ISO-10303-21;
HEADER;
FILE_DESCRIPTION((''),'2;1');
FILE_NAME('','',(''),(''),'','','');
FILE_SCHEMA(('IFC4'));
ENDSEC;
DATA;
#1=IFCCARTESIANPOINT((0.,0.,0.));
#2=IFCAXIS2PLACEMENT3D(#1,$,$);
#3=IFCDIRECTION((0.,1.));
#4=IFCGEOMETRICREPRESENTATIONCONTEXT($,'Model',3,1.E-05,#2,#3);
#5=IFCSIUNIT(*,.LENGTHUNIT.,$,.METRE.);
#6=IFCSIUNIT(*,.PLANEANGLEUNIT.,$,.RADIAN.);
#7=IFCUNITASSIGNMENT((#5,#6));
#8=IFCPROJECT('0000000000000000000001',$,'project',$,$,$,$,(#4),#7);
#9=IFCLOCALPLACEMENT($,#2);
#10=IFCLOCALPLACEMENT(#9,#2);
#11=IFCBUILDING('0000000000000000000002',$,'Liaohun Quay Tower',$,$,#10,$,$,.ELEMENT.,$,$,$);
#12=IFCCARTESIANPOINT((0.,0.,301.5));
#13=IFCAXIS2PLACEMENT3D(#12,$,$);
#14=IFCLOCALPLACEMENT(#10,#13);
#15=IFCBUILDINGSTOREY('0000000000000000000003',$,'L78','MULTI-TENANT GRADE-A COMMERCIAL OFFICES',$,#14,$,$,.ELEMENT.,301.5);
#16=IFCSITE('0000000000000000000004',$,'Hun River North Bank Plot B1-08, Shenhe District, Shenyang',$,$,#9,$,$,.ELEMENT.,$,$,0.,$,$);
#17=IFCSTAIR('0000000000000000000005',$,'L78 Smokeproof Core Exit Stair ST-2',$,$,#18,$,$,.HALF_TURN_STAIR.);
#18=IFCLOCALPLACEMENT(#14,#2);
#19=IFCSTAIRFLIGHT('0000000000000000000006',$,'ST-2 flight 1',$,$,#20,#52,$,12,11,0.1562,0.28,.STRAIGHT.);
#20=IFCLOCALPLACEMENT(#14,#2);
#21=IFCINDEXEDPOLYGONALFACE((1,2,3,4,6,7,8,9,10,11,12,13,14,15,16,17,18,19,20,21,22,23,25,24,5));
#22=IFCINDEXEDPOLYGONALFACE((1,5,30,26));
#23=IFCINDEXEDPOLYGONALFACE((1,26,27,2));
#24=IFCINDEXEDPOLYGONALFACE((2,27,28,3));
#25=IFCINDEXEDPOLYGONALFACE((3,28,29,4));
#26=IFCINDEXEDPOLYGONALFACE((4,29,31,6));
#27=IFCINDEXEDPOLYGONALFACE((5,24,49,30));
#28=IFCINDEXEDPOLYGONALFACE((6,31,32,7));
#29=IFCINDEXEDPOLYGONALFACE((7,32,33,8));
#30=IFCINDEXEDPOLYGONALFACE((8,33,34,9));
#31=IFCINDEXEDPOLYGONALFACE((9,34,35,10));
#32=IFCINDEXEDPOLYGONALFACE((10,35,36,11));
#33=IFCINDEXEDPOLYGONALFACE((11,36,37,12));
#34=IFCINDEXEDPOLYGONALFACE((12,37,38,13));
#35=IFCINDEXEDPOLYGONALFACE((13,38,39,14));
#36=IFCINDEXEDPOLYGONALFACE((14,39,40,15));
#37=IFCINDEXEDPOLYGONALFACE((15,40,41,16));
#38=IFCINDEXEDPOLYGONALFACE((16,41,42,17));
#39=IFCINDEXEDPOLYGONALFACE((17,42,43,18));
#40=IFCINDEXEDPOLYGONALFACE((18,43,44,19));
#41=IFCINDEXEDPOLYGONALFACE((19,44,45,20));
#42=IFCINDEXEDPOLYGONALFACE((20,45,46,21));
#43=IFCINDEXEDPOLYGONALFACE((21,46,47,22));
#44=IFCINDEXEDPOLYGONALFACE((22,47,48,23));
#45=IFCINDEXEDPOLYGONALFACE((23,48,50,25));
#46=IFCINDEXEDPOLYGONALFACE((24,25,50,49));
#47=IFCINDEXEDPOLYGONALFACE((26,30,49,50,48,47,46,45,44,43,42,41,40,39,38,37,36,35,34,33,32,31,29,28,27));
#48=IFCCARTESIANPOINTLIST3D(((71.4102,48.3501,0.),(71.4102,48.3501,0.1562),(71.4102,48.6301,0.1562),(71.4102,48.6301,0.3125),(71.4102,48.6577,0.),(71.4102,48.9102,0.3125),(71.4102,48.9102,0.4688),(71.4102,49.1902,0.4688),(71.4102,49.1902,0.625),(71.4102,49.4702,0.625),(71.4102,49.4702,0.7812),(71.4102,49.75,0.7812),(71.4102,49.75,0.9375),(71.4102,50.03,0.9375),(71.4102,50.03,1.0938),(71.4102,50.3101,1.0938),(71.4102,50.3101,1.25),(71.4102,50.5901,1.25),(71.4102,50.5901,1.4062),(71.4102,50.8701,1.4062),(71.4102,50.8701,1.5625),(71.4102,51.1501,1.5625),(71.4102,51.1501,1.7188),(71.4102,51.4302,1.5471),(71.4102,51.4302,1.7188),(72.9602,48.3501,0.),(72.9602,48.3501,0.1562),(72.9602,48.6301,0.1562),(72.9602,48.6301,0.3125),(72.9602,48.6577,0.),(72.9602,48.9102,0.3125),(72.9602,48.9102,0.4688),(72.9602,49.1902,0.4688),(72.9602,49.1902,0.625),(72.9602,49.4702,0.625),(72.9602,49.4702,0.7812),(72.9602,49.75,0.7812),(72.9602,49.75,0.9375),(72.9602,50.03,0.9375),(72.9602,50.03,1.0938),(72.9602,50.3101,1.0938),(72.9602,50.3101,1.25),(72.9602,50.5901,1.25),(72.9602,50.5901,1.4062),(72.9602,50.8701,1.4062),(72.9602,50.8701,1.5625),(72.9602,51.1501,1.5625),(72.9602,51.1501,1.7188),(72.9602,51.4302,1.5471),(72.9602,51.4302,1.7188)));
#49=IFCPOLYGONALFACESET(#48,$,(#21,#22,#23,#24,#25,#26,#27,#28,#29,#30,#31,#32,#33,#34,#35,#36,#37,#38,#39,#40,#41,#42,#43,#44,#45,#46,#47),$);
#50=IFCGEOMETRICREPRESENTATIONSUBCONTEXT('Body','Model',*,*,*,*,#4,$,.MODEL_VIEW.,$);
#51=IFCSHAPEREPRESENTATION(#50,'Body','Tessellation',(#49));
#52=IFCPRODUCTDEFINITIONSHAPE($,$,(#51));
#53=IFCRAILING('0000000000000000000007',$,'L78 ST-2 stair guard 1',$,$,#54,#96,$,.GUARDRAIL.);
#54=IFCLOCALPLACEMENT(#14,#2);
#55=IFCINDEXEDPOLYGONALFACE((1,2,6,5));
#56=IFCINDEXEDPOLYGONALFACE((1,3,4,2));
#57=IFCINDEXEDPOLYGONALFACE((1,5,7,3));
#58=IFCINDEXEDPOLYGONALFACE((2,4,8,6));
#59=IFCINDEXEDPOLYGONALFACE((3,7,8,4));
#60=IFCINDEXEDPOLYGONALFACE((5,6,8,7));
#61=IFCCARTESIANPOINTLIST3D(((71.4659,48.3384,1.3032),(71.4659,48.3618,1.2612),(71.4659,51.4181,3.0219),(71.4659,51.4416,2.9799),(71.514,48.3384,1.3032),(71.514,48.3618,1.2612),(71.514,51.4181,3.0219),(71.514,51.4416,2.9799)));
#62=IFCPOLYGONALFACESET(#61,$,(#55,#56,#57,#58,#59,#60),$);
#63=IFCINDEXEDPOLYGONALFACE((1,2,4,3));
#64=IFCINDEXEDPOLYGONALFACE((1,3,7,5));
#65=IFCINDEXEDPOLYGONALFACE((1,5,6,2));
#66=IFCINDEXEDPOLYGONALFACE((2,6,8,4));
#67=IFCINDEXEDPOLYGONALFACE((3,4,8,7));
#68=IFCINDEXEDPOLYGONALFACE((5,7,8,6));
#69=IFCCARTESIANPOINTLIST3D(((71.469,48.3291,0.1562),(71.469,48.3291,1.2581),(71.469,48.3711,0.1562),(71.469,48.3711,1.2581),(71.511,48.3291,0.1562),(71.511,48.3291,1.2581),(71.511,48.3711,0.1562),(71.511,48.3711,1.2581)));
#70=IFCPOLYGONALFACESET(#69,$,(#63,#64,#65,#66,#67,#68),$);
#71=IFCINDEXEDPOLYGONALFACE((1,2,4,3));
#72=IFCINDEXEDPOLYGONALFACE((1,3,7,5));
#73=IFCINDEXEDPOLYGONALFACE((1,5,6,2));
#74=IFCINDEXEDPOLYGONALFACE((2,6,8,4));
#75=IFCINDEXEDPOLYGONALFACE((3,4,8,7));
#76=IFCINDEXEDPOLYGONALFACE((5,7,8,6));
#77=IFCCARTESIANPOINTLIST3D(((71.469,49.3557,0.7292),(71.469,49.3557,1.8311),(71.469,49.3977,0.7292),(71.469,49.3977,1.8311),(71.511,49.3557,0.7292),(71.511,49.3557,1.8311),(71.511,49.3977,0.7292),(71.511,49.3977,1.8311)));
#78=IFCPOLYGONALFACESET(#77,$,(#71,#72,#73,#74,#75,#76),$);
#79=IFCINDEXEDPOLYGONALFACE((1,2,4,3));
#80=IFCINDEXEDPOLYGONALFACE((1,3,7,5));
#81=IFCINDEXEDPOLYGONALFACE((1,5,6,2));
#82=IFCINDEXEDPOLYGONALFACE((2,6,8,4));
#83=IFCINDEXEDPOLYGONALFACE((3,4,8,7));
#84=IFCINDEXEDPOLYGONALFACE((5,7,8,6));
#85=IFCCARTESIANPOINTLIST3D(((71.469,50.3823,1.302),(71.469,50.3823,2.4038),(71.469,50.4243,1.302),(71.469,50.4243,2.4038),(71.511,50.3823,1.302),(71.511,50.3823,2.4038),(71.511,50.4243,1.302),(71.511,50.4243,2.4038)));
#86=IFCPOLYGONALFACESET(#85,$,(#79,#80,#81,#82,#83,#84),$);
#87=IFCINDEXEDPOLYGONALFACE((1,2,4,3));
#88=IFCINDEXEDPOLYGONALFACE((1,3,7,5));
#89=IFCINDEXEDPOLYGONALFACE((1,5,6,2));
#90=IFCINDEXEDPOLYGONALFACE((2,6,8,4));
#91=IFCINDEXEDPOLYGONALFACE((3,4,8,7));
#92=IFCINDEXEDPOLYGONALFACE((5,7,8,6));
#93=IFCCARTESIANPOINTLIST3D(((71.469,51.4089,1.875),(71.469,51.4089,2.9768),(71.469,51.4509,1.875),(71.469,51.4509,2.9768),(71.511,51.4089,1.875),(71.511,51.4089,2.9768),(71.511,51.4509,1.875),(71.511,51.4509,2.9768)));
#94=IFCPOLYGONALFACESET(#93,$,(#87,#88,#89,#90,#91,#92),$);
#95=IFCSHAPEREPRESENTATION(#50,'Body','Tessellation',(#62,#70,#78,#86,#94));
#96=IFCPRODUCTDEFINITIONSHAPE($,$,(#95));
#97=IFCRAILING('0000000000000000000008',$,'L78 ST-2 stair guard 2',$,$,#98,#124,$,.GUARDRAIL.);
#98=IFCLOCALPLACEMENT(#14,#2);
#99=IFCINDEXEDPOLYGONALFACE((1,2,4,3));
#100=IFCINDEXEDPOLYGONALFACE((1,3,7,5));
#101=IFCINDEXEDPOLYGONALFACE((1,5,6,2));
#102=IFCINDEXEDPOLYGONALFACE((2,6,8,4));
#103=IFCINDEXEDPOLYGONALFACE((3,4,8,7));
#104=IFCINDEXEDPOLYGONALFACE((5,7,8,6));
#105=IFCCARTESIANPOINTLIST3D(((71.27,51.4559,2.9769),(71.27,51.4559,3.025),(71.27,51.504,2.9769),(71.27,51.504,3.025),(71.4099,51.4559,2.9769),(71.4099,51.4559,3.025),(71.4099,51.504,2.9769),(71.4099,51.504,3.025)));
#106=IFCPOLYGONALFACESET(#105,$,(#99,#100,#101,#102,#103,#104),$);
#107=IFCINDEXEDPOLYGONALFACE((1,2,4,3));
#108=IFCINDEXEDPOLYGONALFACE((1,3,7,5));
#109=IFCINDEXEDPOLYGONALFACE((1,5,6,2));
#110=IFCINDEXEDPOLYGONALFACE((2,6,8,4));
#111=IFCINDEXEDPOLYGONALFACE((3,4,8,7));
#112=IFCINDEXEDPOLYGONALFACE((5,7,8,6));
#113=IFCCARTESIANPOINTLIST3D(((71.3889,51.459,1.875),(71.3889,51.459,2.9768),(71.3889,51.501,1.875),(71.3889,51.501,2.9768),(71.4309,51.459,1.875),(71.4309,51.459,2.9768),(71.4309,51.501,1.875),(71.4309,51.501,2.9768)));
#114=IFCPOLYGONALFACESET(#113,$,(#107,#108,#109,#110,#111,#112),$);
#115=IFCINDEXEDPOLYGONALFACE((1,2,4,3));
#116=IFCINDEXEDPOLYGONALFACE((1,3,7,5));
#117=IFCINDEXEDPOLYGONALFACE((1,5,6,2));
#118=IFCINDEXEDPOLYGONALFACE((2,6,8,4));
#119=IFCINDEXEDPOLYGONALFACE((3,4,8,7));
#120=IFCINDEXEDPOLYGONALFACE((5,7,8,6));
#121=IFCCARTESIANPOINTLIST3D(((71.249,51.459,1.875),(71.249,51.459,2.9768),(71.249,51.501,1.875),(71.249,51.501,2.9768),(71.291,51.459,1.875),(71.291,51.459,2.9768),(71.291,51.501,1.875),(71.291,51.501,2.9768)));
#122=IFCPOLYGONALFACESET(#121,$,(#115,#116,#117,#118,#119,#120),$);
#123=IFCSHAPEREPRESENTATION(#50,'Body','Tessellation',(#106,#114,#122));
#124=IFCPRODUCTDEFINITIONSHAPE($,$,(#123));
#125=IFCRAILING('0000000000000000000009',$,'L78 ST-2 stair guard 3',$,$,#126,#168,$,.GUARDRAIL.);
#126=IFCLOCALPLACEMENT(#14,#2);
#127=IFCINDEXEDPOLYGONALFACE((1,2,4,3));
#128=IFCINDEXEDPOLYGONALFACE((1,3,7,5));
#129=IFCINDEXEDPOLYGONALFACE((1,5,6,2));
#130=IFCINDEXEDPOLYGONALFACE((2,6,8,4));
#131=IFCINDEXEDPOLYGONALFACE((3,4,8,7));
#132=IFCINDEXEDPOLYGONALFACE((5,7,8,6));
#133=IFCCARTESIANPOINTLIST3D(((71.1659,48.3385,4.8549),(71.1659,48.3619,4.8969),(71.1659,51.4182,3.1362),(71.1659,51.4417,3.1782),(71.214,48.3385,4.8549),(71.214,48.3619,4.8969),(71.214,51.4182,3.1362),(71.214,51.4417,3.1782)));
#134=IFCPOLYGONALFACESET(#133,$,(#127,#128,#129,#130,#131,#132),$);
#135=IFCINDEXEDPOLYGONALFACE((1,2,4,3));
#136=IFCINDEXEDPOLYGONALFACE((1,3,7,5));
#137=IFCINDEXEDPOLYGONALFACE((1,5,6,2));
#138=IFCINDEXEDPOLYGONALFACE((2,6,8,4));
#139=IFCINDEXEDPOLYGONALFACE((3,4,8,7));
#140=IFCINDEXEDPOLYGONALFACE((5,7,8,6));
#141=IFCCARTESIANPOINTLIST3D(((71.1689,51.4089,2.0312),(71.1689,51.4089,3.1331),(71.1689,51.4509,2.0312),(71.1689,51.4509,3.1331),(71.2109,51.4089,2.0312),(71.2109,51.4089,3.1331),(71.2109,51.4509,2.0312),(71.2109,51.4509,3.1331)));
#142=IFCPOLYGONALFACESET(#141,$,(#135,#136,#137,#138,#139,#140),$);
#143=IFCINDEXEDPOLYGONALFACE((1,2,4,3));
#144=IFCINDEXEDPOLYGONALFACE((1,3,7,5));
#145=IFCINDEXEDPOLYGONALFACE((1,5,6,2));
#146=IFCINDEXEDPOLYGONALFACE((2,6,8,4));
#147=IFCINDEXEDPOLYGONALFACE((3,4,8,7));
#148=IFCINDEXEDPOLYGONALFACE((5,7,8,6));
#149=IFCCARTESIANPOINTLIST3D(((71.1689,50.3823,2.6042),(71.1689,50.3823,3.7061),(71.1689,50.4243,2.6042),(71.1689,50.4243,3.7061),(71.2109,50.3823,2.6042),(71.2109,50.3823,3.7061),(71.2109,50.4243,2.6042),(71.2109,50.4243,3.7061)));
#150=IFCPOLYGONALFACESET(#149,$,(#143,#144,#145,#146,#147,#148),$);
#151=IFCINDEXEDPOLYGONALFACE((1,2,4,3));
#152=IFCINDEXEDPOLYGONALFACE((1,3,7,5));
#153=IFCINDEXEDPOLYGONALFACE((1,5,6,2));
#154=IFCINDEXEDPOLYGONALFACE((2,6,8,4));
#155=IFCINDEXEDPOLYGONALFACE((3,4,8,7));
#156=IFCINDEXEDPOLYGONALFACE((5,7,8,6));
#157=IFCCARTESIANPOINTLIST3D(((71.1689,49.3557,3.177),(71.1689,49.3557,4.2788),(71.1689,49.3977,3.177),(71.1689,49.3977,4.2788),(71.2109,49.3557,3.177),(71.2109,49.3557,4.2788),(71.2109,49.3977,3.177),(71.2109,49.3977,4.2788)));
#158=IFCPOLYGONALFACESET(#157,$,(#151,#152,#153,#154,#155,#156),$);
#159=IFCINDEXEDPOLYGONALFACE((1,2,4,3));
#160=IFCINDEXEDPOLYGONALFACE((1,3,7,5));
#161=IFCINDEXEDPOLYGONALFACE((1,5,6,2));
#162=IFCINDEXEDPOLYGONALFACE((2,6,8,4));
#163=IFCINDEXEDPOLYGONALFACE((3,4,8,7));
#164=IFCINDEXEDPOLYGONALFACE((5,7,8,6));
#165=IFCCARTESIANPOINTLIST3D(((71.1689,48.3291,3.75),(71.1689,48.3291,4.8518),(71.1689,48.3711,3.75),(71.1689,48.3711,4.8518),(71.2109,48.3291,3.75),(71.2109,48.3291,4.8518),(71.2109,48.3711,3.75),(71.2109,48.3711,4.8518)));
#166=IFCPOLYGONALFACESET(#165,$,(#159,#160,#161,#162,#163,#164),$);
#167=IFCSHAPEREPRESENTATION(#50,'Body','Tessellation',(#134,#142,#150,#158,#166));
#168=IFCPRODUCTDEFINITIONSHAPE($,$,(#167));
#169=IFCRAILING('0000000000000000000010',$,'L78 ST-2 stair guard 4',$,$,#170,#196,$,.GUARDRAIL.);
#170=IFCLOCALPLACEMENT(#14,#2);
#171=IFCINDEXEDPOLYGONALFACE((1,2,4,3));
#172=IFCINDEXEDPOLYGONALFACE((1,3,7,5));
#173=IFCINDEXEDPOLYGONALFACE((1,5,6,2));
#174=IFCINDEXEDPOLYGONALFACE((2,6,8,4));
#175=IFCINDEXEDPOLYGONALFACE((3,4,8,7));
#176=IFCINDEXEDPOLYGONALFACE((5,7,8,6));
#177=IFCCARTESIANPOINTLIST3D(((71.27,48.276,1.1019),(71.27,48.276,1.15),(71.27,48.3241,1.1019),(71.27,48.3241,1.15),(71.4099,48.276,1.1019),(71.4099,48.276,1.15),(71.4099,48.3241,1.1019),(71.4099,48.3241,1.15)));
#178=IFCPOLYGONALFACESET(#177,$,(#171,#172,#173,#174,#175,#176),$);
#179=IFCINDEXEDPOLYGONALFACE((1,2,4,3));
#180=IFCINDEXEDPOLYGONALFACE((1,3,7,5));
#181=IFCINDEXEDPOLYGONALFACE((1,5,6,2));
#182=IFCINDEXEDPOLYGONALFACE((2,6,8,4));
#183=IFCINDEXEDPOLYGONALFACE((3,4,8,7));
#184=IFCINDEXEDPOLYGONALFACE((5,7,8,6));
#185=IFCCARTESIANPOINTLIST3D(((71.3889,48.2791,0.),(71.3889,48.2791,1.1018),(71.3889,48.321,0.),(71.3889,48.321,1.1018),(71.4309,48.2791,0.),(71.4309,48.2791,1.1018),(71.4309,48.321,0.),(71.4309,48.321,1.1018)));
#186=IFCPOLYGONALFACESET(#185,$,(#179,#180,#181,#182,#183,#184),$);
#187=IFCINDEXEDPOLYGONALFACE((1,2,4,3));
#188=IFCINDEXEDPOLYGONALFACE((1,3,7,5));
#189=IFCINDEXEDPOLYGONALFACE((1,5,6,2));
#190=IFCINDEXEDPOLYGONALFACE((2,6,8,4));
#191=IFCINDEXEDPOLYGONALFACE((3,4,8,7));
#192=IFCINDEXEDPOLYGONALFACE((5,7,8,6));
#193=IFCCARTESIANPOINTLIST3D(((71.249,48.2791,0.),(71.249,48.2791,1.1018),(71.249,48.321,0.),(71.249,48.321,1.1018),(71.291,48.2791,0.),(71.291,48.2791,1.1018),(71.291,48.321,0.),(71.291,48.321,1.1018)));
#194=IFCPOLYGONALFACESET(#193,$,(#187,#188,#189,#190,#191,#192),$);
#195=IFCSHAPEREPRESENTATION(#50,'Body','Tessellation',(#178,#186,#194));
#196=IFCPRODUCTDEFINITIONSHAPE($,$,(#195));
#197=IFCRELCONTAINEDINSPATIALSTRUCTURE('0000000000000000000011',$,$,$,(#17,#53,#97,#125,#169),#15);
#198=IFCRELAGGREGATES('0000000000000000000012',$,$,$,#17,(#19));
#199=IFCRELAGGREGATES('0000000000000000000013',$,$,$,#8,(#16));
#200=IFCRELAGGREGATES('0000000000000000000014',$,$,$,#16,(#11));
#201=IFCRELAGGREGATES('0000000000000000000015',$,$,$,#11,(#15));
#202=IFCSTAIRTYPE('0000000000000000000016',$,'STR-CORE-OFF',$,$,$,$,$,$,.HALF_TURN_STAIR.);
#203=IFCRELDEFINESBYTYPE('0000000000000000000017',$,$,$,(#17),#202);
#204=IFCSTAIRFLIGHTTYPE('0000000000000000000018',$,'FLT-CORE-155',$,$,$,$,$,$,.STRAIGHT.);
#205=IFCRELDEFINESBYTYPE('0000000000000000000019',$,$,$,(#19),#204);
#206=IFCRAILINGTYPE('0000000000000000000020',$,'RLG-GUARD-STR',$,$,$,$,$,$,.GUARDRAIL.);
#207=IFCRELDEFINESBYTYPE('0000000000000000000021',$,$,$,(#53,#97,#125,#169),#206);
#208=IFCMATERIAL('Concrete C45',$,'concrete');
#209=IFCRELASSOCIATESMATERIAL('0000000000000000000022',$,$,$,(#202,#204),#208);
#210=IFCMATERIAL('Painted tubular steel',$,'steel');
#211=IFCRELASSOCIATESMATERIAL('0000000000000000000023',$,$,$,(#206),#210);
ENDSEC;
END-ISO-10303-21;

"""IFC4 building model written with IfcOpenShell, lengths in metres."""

from ifc_helpers import new_model, si_unit, direction, frame, origin, origin_2d, place, context, subcontext, project, spatial, polyline, rectangle, outline, extrude, material, type_object, element, aggregate, save


model = new_model("IFC4")

# Units and contexts
model_context = context("Model", 3, precision=1e-05, world=origin(), true_north=direction((0.0, 1.0)))
body_context = subcontext(model_context, "Body", "Model", "MODEL_VIEW")
ifc_project = project(units=[si_unit("LENGTHUNIT", "METRE"), si_unit("PLANEANGLEUNIT", "RADIAN")], contexts=[model_context])

# Site, building, storey
site_placement = place(None, origin())
site = spatial("IfcSite", under=ifc_project, at=site_placement, Name="Hun River North Bank Plot B1-08, Shenhe District, Shenyang", CompositionType="ELEMENT", RefElevation=0.0)
building_placement = place(site_placement, origin())
building = spatial("IfcBuilding", under=site, at=building_placement, Name="Liaohun Quay Tower", CompositionType="ELEMENT")
storey_placement = place(building_placement, frame((0.0, 0.0, 301.5)))
storey = spatial("IfcBuildingStorey", under=building, at=storey_placement, Name="L78", Description="MULTI-TENANT GRADE-A COMMERCIAL OFFICES", CompositionType="ELEMENT", Elevation=301.5)

# Stair, stair flight
ifc_material_1 = material(Name="Concrete C45", Category="concrete")
stair_type = type_object("IfcStairType", Name="STR-CORE-OFF", PredefinedType="HALF_TURN_STAIR", material=ifc_material_1)
stair_placement = place(storey_placement, origin())
stair = element("IfcStair", 1, at=stair_placement, inside=storey, type_object=stair_type, Name="L78 Smokeproof Core Exit Stair ST-2", PredefinedType="HALF_TURN_STAIR")
stair_flight_type = type_object("IfcStairFlightType", Name="FLT-CORE-155", PredefinedType="STRAIGHT", material=ifc_material_1)
stair_flight_placement = place(storey_placement, frame((72.1851, 48.3501, 0.0), z_axis=(0.0, 0.0, 1.0), x_axis=(0.0, 1.0, 0.0)))
stair_flight = element("IfcStairFlight", 2, at=stair_flight_placement, type_object=stair_flight_type, Name="ST-2 flight 1", NumberOfRisers=12, NumberOfTreads=11, PredefinedType="STRAIGHT", RiserHeight=0.1562, TreadLength=0.28, context=body_context, shape_type="SweptSolid", body=[
    extrude(outline(polyline([(0.0, 0.0), (0.0, 0.1562), (0.28, 0.1562), (0.28, 0.3125), (0.5601, 0.3125), (0.5601, 0.4688), (0.8401, 0.4688), (0.8401, 0.625), (1.1201, 0.625), (1.1201, 0.7812), (1.3999, 0.7812), (1.3999, 0.9375), (1.6799, 0.9375), (1.6799, 1.0938), (1.96, 1.0938), (1.96, 1.25), (2.24, 1.25), (2.24, 1.4062), (2.52, 1.4062), (2.52, 1.5625), (2.8, 1.5625), (2.8, 1.7188), (3.0801, 1.7188), (3.0801, 1.875), (3.0801, 1.5471), (0.3076, 0.0), (0.0, 0.0)])), frame((0.0, 0.7749, 0.0), z_axis=(0.0, -1.0, 0.0), x_axis=(1.0, 0.0, 0.0)), (0.0, 0.0, 1.0), 1.55),
])
aggregate(stair, [stair_flight])

# Railings
ifc_material_2 = material(Name="Painted tubular steel", Category="steel")
railing_type_1 = type_object("IfcRailingType", Name="RLG-GUARD-STR", PredefinedType="GUARDRAIL", material=ifc_material_2)
railing_1_placement = place(storey_placement, frame((71.49, 48.3501, 0.1562)))
element("IfcRailing", 3, at=railing_1_placement, inside=storey, type_object=railing_type_1, Name="L78 ST-2 stair guard 1", PredefinedType="GUARDRAIL", context=body_context, shape_type="SweptSolid", body=[
    extrude(rectangle(XDim=0.0481, YDim=0.0481, at=origin_2d()), frame((0.0, 0.0, 1.126), z_axis=(0.0, 0.873225, 0.487317), x_axis=(-1.0, 0.0, 0.0)), (0.0, 0.0, 1.0), 3.5269),
    extrude(rectangle(XDim=0.042, YDim=0.042, at=origin_2d()), origin(), (0.0, 0.0, 1.0), 1.1018),
    extrude(rectangle(XDim=0.042, YDim=0.042, at=origin_2d()), frame((0.0, 1.0266, 0.573)), (0.0, 0.0, 1.0), 1.1018),
    extrude(rectangle(XDim=0.042, YDim=0.042, at=origin_2d()), frame((0.0, 2.0532, 1.1458)), (0.0, 0.0, 1.0), 1.1018),
    extrude(rectangle(XDim=0.042, YDim=0.042, at=origin_2d()), frame((0.0, 3.0798, 1.7188)), (0.0, 0.0, 1.0), 1.1018),
])
railing_2_placement = place(storey_placement, frame((71.4099, 51.48, 1.875)))
element("IfcRailing", 4, at=railing_2_placement, inside=storey, type_object=railing_type_1, Name="L78 ST-2 stair guard 2", PredefinedType="GUARDRAIL", context=body_context, shape_type="SweptSolid", body=[
    extrude(rectangle(XDim=0.0481, YDim=0.0481, at=origin_2d()), frame((0.0, 0.0, 1.126), z_axis=(-1.0, 0.0, 0.0), x_axis=(0.0, -1.0, 0.0)), (0.0, 0.0, 1.0), 0.1399),
    extrude(rectangle(XDim=0.042, YDim=0.042, at=origin_2d()), origin(), (0.0, 0.0, 1.0), 1.1018),
    extrude(rectangle(XDim=0.042, YDim=0.042, at=origin_2d()), frame((-0.1399, 0.0, 0.0)), (0.0, 0.0, 1.0), 1.1018),
])
railing_3_placement = place(storey_placement, frame((71.1899, 51.4299, 2.0312)))
element("IfcRailing", 5, at=railing_3_placement, inside=storey, type_object=railing_type_1, Name="L78 ST-2 stair guard 3", PredefinedType="GUARDRAIL", context=body_context, shape_type="SweptSolid", body=[
    extrude(rectangle(XDim=0.0481, YDim=0.0481, at=origin_2d()), frame((0.0, 0.0, 1.126), z_axis=(0.0, -0.873225, 0.487317), x_axis=(1.0, 0.0, 0.0)), (0.0, 0.0, 1.0), 3.5269),
    extrude(rectangle(XDim=0.042, YDim=0.042, at=origin_2d()), origin(), (0.0, 0.0, 1.0), 1.1018),
    extrude(rectangle(XDim=0.042, YDim=0.042, at=origin_2d()), frame((0.0, -1.0266, 0.573)), (0.0, 0.0, 1.0), 1.1018),
    extrude(rectangle(XDim=0.042, YDim=0.042, at=origin_2d()), frame((0.0, -2.0532, 1.1458)), (0.0, 0.0, 1.0), 1.1018),
    extrude(rectangle(XDim=0.042, YDim=0.042, at=origin_2d()), frame((0.0, -3.0798, 1.7188)), (0.0, 0.0, 1.0), 1.1018),
])
railing_4_placement = place(storey_placement, frame((71.4099, 48.3, 0.0)))
element("IfcRailing", 6, at=railing_4_placement, inside=storey, type_object=railing_type_1, Name="L78 ST-2 stair guard 4", PredefinedType="GUARDRAIL", context=body_context, shape_type="SweptSolid", body=[
    extrude(rectangle(XDim=0.0481, YDim=0.0481, at=origin_2d()), frame((0.0, 0.0, 1.126), z_axis=(-1.0, 0.0, 0.0), x_axis=(0.0, -1.0, 0.0)), (0.0, 0.0, 1.0), 0.1399),
    extrude(rectangle(XDim=0.042, YDim=0.042, at=origin_2d()), origin(), (0.0, 0.0, 1.0), 1.1018),
    extrude(rectangle(XDim=0.042, YDim=0.042, at=origin_2d()), frame((-0.1399, 0.0, 0.0)), (0.0, 0.0, 1.0), 1.1018),
])

save(model, "model.ifc")
